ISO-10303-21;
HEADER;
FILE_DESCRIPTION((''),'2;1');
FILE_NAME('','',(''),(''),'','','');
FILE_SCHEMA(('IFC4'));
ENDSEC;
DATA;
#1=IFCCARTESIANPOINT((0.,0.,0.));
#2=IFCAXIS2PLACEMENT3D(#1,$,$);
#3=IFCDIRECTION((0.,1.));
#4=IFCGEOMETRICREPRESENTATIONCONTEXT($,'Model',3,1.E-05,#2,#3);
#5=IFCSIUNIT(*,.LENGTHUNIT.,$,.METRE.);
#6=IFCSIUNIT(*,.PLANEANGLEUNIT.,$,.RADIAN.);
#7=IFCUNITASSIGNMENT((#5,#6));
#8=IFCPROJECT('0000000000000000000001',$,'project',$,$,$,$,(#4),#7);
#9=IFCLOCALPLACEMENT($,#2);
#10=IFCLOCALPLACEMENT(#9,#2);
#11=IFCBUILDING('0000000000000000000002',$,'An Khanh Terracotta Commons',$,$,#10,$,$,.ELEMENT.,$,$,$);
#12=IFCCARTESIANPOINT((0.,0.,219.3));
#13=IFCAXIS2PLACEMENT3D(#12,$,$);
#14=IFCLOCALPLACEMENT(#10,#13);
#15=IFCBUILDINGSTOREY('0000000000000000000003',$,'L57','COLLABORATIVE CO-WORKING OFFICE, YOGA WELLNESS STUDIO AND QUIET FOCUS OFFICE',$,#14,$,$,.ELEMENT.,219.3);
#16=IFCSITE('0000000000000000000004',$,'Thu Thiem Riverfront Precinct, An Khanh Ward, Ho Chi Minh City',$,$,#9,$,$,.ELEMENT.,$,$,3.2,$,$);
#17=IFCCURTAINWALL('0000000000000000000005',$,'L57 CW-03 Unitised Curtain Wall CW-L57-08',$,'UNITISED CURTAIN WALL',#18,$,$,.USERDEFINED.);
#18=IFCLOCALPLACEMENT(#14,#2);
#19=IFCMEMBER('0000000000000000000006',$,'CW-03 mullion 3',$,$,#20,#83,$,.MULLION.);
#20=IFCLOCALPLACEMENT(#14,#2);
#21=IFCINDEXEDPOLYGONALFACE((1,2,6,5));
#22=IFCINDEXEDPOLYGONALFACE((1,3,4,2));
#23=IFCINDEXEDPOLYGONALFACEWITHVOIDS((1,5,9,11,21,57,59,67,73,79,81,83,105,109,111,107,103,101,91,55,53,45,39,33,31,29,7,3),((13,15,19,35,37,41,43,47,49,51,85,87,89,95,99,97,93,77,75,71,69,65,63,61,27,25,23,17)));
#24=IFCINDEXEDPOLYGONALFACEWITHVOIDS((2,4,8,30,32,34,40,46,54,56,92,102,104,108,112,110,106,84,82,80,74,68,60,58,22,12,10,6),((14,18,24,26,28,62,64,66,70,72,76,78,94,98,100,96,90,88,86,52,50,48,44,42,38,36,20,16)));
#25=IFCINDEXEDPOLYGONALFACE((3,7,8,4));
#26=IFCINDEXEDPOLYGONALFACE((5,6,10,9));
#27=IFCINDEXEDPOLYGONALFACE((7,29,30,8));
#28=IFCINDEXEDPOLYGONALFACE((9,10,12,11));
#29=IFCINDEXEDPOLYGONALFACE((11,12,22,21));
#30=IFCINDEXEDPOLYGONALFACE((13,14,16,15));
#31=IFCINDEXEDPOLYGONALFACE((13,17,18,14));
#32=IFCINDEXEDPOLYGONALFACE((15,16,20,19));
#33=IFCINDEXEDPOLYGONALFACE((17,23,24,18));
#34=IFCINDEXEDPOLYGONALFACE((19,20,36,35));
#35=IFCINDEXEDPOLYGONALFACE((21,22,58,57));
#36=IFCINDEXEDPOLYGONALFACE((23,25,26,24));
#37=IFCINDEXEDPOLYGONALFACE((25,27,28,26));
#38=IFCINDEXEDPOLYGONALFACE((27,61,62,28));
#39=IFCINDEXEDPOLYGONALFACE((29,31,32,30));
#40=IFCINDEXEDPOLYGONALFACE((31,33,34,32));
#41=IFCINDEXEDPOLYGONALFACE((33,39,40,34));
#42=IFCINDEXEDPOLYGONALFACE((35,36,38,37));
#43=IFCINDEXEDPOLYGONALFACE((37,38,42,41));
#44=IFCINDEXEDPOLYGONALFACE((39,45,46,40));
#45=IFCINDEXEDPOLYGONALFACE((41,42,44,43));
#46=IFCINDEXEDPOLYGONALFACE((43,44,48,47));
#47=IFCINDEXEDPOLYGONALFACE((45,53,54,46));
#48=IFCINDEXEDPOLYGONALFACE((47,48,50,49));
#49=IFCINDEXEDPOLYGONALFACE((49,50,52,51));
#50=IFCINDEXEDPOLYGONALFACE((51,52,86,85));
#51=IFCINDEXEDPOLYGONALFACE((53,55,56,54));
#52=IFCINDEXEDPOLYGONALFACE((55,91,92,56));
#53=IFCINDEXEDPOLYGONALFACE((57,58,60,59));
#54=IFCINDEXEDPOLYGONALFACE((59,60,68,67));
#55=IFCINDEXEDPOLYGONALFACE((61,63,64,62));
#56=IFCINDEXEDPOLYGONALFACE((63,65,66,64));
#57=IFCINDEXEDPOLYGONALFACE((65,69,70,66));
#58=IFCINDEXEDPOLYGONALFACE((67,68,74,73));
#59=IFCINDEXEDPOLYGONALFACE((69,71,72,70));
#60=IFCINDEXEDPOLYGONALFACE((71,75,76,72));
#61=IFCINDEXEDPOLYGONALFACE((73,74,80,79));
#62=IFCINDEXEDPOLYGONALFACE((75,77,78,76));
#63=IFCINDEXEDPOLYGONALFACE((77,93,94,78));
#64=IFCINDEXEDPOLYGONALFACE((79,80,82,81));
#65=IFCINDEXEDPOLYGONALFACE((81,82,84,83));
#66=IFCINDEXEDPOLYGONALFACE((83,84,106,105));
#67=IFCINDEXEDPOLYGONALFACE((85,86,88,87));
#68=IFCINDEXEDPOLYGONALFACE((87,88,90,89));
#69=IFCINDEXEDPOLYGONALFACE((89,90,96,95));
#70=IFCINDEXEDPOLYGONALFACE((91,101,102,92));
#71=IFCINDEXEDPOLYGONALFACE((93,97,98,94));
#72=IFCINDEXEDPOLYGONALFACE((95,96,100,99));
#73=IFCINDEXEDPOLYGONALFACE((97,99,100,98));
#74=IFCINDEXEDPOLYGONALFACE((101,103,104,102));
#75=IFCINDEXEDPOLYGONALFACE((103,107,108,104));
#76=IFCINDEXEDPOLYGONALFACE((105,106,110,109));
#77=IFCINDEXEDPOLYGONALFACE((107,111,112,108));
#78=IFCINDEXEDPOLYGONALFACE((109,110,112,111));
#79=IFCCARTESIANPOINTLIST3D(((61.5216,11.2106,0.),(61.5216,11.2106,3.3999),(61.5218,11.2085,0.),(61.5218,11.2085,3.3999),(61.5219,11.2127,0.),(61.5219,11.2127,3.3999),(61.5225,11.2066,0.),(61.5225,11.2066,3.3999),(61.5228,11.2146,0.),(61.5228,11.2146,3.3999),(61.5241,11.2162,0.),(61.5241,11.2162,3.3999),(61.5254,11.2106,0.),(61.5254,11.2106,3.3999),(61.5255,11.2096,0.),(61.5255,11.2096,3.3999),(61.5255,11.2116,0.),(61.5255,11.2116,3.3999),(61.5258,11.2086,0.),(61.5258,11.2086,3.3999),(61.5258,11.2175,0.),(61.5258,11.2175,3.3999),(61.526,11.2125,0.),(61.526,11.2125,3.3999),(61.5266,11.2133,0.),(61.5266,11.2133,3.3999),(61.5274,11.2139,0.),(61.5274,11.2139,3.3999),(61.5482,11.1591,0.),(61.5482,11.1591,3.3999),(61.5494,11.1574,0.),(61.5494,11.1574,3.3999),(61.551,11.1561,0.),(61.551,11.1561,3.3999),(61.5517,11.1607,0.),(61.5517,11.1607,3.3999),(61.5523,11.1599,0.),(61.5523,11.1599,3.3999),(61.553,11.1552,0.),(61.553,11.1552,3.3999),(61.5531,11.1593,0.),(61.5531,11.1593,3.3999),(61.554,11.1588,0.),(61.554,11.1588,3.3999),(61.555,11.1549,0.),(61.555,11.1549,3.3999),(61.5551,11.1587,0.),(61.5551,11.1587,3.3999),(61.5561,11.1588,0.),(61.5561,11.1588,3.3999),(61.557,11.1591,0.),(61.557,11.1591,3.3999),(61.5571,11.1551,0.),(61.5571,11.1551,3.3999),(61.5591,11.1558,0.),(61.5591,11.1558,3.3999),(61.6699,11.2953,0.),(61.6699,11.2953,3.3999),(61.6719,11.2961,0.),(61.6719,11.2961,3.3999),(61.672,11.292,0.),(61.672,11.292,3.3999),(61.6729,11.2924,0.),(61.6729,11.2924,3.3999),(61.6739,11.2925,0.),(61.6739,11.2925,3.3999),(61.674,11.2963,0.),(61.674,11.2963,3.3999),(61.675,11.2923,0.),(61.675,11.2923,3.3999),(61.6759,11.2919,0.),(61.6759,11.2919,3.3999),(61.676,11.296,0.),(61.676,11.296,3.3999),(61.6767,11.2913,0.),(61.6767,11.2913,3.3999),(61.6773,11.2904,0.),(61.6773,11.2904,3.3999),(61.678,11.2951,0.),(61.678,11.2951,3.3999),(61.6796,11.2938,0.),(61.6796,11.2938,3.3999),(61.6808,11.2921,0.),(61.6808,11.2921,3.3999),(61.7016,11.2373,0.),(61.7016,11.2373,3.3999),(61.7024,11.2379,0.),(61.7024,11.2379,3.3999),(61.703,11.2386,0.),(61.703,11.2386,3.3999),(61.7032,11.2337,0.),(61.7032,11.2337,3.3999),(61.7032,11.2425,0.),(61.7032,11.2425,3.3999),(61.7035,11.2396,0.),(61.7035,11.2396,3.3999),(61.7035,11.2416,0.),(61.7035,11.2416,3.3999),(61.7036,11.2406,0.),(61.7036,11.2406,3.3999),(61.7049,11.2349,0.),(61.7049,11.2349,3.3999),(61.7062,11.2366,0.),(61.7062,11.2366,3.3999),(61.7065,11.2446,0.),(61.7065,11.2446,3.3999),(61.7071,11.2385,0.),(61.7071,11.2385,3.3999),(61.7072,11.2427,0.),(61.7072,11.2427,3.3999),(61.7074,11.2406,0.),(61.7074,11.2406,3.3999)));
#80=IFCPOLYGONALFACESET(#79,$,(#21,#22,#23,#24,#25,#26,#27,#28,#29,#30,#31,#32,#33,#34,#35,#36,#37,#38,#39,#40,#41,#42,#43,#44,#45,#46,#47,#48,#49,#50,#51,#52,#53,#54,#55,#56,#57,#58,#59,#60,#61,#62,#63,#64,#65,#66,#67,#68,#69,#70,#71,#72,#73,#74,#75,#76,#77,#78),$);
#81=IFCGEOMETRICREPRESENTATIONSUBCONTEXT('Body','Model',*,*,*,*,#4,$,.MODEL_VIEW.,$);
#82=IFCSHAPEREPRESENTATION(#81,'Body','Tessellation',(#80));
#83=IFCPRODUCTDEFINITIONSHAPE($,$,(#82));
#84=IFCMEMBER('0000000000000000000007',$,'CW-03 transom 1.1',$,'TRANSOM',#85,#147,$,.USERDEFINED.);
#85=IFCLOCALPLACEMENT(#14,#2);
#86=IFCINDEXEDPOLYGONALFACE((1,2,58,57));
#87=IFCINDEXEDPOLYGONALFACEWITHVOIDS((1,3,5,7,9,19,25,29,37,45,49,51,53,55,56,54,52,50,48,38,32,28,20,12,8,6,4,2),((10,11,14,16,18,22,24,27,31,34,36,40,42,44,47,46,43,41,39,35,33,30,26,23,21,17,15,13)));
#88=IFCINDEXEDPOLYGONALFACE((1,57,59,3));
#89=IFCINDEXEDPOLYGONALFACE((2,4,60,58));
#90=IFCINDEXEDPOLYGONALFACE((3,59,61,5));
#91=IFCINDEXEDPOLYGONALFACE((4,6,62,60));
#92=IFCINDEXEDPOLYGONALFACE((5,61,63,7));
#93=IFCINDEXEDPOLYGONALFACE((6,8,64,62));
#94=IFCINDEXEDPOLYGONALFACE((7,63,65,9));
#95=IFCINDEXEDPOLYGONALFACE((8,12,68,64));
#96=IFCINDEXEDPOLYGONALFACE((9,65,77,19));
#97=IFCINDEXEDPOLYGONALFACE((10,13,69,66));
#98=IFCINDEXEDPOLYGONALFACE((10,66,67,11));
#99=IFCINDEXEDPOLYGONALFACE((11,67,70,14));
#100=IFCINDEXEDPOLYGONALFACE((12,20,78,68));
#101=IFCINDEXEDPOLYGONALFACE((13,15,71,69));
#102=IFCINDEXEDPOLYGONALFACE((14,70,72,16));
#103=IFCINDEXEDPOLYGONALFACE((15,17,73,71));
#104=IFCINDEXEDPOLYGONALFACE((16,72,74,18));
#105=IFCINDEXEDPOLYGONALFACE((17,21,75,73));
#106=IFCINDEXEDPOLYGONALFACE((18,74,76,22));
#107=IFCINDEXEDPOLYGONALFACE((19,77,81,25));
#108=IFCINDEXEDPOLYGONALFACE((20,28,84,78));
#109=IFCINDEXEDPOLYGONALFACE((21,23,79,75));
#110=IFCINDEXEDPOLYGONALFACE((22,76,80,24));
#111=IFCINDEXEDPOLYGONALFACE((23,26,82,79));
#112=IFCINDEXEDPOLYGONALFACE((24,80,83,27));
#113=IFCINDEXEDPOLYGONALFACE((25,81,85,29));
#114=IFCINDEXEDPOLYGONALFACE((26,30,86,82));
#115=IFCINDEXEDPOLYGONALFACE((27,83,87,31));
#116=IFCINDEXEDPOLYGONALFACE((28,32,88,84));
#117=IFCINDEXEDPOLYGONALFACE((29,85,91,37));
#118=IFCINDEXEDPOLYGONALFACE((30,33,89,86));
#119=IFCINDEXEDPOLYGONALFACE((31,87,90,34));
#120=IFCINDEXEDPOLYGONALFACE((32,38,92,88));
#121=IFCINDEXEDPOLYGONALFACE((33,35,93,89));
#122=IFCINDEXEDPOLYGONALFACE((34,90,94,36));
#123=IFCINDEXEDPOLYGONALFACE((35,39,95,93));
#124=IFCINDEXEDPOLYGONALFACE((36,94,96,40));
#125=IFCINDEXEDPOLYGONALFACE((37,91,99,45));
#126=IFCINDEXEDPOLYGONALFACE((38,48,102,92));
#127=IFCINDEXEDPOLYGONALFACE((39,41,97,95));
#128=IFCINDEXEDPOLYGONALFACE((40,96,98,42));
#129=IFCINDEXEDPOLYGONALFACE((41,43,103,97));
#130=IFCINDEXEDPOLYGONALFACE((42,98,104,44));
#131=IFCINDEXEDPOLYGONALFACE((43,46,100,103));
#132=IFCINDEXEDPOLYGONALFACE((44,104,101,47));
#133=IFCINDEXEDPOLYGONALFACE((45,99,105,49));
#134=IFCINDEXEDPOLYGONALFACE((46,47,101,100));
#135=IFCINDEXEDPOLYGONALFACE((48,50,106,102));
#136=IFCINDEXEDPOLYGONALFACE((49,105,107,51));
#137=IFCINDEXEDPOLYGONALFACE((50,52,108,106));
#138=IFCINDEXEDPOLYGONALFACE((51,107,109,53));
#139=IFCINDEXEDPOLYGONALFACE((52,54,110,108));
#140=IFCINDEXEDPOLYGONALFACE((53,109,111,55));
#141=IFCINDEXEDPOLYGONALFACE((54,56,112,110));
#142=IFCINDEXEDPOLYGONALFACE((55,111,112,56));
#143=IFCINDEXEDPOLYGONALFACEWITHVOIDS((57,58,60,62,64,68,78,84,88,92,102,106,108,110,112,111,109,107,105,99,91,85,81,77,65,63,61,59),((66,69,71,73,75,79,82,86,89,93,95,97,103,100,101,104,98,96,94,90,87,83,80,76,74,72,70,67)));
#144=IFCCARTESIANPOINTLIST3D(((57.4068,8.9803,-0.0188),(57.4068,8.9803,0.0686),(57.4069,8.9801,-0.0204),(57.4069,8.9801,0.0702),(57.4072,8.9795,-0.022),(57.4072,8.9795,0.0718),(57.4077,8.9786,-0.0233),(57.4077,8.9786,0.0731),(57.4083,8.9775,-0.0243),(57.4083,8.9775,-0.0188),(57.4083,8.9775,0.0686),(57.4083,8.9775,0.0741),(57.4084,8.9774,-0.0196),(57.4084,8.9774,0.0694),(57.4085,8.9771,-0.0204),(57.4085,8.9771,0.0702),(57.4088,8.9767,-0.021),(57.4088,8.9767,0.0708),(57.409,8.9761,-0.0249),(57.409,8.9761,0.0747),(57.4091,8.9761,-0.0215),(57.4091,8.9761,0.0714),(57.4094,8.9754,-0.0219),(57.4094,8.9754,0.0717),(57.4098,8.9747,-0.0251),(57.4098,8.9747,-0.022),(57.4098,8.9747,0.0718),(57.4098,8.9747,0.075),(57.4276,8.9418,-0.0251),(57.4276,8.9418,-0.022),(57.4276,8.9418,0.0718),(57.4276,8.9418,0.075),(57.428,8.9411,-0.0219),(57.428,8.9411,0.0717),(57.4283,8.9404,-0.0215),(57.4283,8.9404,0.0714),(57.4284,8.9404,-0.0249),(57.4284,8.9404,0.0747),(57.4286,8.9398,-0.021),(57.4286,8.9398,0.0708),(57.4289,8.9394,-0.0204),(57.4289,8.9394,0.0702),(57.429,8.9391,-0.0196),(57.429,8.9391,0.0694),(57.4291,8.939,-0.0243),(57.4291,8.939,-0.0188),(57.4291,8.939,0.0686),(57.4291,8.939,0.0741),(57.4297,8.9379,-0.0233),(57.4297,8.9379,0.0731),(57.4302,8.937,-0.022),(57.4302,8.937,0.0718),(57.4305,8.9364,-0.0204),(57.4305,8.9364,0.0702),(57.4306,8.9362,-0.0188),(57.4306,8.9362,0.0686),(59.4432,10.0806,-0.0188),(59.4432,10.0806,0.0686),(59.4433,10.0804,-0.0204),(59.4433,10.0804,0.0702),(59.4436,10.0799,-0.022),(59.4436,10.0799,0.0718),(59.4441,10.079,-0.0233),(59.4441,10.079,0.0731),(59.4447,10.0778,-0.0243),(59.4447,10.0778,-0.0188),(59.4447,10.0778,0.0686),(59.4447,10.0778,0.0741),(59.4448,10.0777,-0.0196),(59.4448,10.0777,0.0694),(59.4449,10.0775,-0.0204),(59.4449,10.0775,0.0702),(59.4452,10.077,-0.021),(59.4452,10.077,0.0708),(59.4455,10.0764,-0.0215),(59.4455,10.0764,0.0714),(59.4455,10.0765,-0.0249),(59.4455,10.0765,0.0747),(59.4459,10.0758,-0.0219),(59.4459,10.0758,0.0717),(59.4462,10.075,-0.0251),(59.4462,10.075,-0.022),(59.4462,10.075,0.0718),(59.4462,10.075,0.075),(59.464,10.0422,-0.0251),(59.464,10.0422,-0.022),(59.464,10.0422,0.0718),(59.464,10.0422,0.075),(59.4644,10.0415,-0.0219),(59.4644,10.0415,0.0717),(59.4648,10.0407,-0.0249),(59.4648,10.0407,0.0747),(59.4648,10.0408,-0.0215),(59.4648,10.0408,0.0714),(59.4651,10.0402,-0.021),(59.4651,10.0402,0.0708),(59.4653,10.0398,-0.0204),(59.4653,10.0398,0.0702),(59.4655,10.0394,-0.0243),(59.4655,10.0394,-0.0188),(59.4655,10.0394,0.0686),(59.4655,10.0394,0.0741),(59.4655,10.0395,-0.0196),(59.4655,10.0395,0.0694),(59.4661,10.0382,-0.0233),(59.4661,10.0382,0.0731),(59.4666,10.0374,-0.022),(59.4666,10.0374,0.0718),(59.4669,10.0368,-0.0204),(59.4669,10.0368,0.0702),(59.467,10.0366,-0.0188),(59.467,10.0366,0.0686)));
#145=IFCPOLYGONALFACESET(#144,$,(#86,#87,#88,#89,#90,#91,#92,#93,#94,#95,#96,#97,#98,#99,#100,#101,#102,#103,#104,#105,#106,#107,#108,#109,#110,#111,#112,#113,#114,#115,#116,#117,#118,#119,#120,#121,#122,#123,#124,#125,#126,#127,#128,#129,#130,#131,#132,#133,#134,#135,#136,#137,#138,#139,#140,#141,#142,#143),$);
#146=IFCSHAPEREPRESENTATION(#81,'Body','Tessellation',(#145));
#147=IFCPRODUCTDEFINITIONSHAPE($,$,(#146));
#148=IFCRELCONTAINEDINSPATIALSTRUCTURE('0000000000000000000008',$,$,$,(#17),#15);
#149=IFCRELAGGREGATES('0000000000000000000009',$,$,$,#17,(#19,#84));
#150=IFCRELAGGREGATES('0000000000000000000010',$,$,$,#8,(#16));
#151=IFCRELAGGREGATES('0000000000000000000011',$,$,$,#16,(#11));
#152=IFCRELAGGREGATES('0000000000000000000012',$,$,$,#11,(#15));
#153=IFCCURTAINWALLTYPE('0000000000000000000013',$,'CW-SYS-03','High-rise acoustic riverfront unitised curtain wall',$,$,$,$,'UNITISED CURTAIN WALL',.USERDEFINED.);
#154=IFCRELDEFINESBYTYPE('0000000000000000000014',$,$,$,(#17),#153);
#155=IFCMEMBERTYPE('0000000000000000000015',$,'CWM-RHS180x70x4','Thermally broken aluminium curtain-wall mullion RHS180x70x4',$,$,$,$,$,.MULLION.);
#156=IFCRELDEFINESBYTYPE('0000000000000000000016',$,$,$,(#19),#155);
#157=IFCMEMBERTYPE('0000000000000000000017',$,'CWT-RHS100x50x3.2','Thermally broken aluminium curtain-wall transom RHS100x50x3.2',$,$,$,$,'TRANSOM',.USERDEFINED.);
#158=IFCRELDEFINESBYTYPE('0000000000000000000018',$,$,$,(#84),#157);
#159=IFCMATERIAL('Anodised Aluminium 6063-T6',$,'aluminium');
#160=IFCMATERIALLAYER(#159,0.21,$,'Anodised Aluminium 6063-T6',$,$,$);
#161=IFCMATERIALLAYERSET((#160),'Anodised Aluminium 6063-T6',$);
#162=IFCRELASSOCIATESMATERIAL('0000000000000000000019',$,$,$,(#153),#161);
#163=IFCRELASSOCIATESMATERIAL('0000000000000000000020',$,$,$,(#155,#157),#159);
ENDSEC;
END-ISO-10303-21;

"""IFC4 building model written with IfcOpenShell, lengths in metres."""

from ifc_helpers import new_model, si_unit, direction, frame, origin, origin_2d, place, context, subcontext, project, spatial, hollow_rectangle, extrude, material, layer, layer_set, material_profile, profile_set, type_object, element, aggregate, save


model = new_model("IFC4")

# Units and contexts
model_context = context("Model", 3, precision=1e-05, world=origin(), true_north=direction((0.0, 1.0)))
body_context = subcontext(model_context, "Body", "Model", "MODEL_VIEW")
ifc_project = project(units=[si_unit("LENGTHUNIT", "METRE"), si_unit("PLANEANGLEUNIT", "RADIAN")], contexts=[model_context])

# Site, building, storey
site_placement = place(None, origin())
site = spatial("IfcSite", under=ifc_project, at=site_placement, Name="Thu Thiem Riverfront Precinct, An Khanh Ward, Ho Chi Minh City", CompositionType="ELEMENT", RefElevation=3.2)
building_placement = place(site_placement, origin())
building = spatial("IfcBuilding", under=site, at=building_placement, Name="An Khanh Terracotta Commons", CompositionType="ELEMENT")
storey_placement = place(building_placement, frame((0.0, 0.0, 219.3)))
storey = spatial("IfcBuildingStorey", under=building, at=storey_placement, Name="L57", Description="COLLABORATIVE CO-WORKING OFFICE, YOGA WELLNESS STUDIO AND QUIET FOCUS OFFICE", CompositionType="ELEMENT", Elevation=219.3)

# Curtain wall, members
ifc_material_1 = material(Name="Anodised Aluminium 6063-T6", Category="aluminium")
ifc_layer_1 = layer(ifc_material_1, 0.21, Name="Anodised Aluminium 6063-T6")
ifc_layer_set_1 = layer_set([ifc_layer_1], Name="Anodised Aluminium 6063-T6")
curtain_wall_type = type_object("IfcCurtainWallType", Name="CW-SYS-03", Description="High-rise acoustic riverfront unitised curtain wall", ElementType="UNITISED CURTAIN WALL", PredefinedType="USERDEFINED", material=ifc_layer_set_1)
curtain_wall_placement = place(storey_placement, origin())
curtain_wall = element("IfcCurtainWall", 1, at=curtain_wall_placement, inside=storey, type_object=curtain_wall_type, Name="L57 CW-03 Unitised Curtain Wall CW-L57-08", ObjectType="UNITISED CURTAIN WALL", PredefinedType="USERDEFINED")
ifc_material_profile_1 = material_profile(ifc_material_1, hollow_rectangle(XDim=0.0701, YDim=0.1799, WallThickness=0.0039, InnerFilletRadius=0.0039, OuterFilletRadius=0.0081, at=origin_2d()), Name="RHS180x70x4")
ifc_profile_set_1 = profile_set([ifc_material_profile_1], Name="Anodised Aluminium 6063-T6")
member_type_1 = type_object("IfcMemberType", Name="CWM-RHS180x70x4", Description="Thermally broken aluminium curtain-wall mullion RHS180x70x4", PredefinedType="MULLION", material=ifc_profile_set_1)
member_1_placement = place(storey_placement, frame((61.6145, 11.2256, 0.0), z_axis=(0.0, 0.0, 1.0), x_axis=(-0.475381, 0.87978, 0.0)))
member_1 = element("IfcMember", 2, at=member_1_placement, type_object=member_type_1, Name="CW-03 mullion 3", PredefinedType="MULLION", context=body_context, shape_type="SweptSolid", body=[
    extrude(hollow_rectangle(XDim=0.0701, YDim=0.1799, WallThickness=0.0039, InnerFilletRadius=0.0039, OuterFilletRadius=0.0081, at=origin_2d()), origin(), (0.0, 0.0, 1.0), 3.3999),
])
ifc_material_profile_2 = material_profile(ifc_material_1, hollow_rectangle(XDim=0.05, YDim=0.1001, WallThickness=0.0032, InnerFilletRadius=0.0032, OuterFilletRadius=0.0063, at=origin_2d()), Name="RHS100x50x3.2")
ifc_profile_set_2 = profile_set([ifc_material_profile_2], Name="Anodised Aluminium 6063-T6")
member_type_2 = type_object("IfcMemberType", Name="CWT-RHS100x50x3.2", Description="Thermally broken aluminium curtain-wall transom RHS100x50x3.2", ElementType="TRANSOM", PredefinedType="USERDEFINED", material=ifc_profile_set_2)
member_2_placement = place(storey_placement, frame((57.4187, 8.9583, 0.0249), z_axis=(0.879779, 0.475382, 0.0), x_axis=(-0.475382, 0.879779, 0.0)))
member_2 = element("IfcMember", 3, at=member_2_placement, type_object=member_type_2, Name="CW-03 transom 1.1", ObjectType="TRANSOM", PredefinedType="USERDEFINED", context=body_context, shape_type="SweptSolid", body=[
    extrude(hollow_rectangle(XDim=0.05, YDim=0.1001, WallThickness=0.0032, InnerFilletRadius=0.0032, OuterFilletRadius=0.0063, at=origin_2d()), origin(), (0.0, 0.0, 1.0), 2.3147),
])
aggregate(curtain_wall, [member_1, member_2])

save(model, "model.ifc")
